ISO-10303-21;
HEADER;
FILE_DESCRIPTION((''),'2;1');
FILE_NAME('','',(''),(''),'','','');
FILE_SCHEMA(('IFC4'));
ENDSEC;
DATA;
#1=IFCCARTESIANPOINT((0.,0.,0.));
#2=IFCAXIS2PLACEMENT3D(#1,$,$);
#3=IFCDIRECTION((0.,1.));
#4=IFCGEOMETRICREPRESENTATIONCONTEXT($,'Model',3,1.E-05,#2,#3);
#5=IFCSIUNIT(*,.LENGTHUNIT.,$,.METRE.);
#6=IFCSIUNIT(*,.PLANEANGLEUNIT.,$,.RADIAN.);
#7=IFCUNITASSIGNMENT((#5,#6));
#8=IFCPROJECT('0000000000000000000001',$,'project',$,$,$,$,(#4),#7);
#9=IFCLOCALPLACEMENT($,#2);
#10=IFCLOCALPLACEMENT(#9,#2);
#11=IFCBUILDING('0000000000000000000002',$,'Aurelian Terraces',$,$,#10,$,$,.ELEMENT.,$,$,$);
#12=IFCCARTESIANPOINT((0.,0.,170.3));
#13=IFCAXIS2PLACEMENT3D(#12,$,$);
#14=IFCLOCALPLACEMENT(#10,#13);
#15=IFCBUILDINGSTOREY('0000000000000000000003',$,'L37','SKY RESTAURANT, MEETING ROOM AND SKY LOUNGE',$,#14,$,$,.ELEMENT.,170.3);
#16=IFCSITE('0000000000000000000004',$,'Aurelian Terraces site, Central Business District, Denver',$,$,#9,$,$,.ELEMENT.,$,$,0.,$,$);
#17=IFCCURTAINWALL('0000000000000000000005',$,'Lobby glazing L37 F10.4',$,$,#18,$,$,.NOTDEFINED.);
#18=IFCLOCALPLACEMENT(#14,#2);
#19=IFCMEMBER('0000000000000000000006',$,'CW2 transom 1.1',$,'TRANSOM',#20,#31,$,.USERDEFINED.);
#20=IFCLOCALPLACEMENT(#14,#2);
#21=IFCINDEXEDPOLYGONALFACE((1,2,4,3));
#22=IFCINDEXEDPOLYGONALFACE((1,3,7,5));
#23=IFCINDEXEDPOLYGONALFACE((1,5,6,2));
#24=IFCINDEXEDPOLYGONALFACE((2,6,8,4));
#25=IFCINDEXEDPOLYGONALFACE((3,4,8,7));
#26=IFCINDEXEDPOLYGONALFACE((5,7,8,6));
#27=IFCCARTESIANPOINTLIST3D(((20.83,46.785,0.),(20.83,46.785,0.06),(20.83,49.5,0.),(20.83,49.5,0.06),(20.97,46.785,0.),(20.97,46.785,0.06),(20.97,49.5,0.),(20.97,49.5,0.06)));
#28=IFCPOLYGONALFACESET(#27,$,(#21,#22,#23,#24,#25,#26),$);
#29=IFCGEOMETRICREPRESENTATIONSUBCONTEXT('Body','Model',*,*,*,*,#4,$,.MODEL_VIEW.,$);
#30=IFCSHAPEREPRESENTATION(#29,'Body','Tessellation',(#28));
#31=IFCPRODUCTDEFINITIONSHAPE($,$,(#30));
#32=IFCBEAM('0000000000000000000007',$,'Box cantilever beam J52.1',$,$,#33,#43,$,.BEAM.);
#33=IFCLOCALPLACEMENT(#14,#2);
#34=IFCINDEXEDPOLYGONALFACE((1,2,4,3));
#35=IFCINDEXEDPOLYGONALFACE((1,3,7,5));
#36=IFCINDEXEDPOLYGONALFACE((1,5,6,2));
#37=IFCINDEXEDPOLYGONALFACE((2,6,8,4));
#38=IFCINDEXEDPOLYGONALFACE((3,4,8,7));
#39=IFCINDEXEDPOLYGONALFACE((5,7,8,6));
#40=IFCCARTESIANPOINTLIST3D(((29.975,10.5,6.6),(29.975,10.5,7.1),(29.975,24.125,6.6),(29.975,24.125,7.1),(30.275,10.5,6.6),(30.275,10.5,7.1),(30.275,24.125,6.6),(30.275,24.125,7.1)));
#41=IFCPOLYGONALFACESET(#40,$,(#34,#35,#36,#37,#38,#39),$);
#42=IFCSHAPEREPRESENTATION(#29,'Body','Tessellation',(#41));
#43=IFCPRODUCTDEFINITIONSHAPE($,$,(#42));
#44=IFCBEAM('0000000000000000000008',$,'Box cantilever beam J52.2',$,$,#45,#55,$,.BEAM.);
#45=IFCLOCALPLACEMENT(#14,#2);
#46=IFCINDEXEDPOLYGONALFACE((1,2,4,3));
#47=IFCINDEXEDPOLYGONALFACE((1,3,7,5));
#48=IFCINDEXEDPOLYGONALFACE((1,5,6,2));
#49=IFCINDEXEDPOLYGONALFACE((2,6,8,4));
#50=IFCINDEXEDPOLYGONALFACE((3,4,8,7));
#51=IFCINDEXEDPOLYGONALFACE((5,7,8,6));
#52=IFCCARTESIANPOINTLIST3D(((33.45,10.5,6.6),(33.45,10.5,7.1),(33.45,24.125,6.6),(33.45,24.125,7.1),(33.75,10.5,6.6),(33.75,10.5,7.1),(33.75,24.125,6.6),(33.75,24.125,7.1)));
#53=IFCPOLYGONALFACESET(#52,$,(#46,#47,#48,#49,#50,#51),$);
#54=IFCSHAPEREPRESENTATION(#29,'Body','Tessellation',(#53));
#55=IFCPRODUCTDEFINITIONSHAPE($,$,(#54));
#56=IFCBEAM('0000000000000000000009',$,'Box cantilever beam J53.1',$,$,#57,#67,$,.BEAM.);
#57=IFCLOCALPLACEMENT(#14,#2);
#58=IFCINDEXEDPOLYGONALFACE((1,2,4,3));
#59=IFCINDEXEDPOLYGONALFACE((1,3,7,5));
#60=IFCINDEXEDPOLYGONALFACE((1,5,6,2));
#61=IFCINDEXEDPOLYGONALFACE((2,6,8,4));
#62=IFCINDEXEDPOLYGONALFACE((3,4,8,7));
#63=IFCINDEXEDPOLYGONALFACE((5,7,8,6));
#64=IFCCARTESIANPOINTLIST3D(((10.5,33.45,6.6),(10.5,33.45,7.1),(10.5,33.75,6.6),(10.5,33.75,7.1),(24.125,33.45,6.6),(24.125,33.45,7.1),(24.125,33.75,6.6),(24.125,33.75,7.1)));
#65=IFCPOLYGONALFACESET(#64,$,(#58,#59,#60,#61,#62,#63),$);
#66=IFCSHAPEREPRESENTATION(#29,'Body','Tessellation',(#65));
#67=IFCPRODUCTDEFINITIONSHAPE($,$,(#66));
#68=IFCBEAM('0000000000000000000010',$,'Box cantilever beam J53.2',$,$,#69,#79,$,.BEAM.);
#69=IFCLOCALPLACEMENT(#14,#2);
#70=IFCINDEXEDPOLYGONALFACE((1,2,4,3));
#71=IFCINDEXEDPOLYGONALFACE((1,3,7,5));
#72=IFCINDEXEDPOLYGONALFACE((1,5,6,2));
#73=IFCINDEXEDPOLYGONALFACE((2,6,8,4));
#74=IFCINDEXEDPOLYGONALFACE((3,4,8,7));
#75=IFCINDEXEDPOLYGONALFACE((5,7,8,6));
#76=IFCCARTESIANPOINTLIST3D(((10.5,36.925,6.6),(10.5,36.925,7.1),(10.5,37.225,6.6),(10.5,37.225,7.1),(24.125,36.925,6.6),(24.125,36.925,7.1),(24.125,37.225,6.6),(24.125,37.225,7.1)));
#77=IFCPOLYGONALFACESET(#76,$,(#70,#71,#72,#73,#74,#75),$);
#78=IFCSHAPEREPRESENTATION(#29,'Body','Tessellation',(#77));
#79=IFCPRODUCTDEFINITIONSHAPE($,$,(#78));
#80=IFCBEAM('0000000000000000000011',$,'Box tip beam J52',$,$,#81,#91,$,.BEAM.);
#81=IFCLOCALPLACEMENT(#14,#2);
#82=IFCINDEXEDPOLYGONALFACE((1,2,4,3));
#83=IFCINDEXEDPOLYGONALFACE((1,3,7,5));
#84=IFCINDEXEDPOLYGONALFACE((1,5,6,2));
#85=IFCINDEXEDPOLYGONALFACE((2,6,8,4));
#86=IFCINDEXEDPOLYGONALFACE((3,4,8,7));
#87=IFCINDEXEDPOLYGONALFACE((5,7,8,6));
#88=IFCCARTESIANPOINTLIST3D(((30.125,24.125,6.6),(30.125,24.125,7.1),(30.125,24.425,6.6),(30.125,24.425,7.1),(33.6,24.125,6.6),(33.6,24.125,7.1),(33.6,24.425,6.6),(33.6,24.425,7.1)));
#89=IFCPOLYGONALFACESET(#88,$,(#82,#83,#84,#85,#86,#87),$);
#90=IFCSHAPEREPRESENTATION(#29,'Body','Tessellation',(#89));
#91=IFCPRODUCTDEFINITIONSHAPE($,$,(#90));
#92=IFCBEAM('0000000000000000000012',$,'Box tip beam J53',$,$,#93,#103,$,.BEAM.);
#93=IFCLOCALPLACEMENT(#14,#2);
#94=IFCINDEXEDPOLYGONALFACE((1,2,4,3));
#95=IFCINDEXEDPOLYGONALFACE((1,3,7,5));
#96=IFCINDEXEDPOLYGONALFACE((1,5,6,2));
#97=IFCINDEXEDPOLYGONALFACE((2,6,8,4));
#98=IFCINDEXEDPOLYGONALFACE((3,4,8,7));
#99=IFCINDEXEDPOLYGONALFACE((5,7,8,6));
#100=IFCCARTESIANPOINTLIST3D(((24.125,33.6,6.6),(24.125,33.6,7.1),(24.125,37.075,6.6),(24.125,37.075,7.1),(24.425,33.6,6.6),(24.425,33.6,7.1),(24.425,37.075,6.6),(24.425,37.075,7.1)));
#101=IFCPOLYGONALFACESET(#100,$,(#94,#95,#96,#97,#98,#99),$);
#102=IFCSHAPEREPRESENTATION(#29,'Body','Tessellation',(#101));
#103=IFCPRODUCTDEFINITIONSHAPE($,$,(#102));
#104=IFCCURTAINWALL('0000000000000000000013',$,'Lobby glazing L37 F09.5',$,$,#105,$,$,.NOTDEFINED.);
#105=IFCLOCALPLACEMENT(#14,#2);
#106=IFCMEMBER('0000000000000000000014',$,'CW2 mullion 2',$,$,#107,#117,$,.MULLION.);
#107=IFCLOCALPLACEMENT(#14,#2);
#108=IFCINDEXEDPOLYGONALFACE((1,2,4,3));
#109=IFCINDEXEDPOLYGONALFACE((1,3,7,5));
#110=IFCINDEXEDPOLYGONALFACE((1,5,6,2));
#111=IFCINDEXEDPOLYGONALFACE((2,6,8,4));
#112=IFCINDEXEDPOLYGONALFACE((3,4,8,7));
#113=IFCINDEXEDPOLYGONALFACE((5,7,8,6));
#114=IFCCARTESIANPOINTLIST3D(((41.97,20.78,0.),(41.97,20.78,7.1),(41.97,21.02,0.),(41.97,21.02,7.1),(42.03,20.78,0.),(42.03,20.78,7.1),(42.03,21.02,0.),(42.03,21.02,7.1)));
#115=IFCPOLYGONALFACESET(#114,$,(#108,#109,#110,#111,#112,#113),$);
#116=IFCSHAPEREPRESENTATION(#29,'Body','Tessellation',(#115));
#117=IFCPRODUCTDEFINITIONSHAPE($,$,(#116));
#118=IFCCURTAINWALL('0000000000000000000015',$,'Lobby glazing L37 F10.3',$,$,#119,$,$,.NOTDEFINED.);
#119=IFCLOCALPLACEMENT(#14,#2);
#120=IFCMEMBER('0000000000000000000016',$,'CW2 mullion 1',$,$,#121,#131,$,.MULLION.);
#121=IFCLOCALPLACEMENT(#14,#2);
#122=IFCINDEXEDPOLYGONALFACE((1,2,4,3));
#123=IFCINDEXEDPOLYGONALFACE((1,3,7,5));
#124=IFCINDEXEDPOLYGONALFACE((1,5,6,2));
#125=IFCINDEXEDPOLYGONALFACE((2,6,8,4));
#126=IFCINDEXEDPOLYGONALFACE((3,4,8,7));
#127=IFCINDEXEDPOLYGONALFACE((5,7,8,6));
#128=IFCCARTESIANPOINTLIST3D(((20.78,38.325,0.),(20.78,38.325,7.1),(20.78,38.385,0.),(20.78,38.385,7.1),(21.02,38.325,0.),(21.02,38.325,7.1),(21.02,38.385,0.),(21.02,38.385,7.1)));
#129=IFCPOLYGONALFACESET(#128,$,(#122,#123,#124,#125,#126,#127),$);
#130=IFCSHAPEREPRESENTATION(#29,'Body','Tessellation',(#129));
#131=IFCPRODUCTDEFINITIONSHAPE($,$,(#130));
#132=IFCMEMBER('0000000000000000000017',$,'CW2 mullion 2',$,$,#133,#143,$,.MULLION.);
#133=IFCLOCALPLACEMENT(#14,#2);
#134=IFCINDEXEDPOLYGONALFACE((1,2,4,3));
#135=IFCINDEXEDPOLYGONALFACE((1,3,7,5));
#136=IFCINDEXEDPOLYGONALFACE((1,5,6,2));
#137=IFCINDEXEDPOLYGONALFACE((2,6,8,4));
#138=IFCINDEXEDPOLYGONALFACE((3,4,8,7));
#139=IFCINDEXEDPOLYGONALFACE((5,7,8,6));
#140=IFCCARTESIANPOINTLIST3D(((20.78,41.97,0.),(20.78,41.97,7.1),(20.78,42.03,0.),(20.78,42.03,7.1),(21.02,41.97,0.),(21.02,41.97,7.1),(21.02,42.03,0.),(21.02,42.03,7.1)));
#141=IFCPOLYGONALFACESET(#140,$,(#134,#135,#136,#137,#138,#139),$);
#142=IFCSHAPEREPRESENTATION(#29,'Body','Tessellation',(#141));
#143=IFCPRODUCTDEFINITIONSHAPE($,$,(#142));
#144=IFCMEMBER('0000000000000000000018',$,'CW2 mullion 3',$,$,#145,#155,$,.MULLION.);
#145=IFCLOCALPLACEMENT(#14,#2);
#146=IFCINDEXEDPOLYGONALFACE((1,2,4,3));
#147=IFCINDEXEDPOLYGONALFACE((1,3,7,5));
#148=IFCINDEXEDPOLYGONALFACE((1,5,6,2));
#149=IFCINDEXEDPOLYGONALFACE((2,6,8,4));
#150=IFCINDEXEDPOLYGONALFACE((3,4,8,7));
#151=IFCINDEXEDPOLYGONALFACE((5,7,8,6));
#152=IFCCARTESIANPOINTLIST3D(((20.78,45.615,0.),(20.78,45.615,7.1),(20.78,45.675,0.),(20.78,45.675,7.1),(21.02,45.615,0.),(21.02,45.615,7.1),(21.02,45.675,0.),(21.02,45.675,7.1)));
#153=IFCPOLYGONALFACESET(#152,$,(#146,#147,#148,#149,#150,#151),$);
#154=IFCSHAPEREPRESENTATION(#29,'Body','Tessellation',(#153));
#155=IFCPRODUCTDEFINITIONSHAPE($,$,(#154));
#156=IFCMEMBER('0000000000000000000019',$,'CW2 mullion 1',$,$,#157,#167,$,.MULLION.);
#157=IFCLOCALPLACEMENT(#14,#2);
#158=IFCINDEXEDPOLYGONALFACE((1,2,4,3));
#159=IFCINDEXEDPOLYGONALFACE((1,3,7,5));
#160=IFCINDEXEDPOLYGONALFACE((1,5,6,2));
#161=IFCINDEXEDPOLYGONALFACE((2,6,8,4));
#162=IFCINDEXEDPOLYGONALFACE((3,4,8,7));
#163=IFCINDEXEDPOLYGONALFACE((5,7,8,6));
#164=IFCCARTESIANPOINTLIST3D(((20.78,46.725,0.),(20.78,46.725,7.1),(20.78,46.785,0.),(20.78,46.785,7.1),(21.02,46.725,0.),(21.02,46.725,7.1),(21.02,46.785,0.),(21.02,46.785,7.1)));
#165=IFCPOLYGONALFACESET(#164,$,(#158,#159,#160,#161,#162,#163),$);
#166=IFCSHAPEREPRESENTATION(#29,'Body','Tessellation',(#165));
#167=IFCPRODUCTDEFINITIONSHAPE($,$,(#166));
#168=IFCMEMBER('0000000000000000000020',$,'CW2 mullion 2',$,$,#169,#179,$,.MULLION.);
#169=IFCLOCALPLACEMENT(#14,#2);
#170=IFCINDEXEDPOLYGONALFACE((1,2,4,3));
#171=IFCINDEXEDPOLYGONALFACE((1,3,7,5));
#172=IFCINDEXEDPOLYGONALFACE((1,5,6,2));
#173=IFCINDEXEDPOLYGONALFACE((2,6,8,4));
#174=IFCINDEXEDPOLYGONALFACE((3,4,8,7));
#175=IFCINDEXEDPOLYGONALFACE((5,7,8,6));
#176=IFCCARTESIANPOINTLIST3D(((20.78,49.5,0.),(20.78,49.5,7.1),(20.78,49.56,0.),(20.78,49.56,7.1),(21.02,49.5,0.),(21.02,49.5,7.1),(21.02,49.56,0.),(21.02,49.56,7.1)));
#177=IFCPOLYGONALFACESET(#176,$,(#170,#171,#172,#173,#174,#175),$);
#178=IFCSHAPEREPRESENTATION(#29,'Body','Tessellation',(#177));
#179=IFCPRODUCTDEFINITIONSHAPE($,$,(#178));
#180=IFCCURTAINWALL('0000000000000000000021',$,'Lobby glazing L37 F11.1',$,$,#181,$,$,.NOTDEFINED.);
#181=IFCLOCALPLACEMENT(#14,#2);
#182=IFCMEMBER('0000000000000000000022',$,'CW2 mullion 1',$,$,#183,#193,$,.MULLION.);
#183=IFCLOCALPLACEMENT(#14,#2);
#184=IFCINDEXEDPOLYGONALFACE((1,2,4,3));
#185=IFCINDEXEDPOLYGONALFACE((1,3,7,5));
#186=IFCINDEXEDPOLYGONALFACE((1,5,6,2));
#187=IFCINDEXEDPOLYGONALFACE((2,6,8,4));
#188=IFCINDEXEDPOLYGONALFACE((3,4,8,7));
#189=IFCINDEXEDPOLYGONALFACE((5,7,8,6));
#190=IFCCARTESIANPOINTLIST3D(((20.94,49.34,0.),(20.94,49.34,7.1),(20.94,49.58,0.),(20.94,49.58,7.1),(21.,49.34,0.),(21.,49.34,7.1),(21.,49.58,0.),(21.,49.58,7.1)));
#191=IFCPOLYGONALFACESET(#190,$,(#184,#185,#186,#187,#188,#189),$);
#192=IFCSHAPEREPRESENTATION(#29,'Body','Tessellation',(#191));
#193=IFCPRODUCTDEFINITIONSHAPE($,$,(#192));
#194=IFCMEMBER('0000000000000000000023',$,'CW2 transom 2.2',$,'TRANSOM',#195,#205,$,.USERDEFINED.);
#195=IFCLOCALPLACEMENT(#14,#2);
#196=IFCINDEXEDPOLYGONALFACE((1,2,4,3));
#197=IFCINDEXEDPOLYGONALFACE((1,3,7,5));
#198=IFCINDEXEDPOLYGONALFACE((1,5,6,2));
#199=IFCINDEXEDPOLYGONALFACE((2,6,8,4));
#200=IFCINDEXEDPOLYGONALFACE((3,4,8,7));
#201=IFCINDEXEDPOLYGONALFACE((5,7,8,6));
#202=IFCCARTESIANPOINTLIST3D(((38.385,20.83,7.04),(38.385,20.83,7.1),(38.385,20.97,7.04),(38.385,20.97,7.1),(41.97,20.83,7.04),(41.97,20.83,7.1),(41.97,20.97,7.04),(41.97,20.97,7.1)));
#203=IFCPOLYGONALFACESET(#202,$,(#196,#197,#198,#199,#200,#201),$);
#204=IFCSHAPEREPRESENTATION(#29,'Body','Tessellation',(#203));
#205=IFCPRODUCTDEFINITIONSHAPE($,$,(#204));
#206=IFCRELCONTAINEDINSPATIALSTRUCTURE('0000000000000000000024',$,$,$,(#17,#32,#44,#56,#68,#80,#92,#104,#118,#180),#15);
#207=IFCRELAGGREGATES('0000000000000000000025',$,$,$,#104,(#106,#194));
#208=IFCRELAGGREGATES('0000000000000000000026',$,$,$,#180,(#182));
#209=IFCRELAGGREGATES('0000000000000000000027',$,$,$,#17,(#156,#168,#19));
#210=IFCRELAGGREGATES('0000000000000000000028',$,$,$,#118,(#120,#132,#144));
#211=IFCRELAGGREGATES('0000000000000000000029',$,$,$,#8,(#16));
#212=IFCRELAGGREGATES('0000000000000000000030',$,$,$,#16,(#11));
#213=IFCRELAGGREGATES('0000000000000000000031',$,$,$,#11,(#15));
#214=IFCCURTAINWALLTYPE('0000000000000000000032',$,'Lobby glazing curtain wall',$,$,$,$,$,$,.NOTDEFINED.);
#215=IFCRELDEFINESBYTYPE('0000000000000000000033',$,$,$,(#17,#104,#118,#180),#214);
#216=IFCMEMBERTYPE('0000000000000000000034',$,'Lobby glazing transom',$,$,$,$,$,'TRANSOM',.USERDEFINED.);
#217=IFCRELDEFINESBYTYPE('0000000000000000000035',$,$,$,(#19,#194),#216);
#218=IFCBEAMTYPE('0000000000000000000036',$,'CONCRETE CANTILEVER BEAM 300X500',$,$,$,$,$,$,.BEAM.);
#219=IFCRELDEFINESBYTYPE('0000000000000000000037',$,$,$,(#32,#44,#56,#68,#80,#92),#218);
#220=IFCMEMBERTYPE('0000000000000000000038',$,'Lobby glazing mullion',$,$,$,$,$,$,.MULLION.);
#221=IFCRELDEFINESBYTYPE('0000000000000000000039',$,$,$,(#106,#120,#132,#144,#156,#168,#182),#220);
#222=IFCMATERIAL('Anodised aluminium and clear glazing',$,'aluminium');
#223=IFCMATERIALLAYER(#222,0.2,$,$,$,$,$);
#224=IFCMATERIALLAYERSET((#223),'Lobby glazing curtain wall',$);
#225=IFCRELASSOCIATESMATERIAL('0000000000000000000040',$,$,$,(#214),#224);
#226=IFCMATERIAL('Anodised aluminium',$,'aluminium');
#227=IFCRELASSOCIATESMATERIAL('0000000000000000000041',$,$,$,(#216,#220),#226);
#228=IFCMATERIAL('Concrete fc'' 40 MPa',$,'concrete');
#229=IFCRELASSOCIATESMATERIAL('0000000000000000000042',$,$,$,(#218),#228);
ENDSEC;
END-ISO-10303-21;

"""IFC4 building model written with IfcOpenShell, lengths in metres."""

from ifc_helpers import new_model, si_unit, direction, frame, origin, origin_2d, place, context, subcontext, project, spatial, rectangle, extrude, source, transform, mapped, material, layer, layer_set, material_profile, profile_set, type_object, element, aggregate, save


model = new_model("IFC4")

# Units and contexts
model_context = context("Model", 3, precision=1e-05, world=origin(), true_north=direction((0.0, 1.0)))
body_context = subcontext(model_context, "Body", "Model", "MODEL_VIEW")
ifc_project = project(units=[si_unit("LENGTHUNIT", "METRE"), si_unit("PLANEANGLEUNIT", "RADIAN")], contexts=[model_context])

# Site, building, storey
site_placement = place(None, origin())
site = spatial("IfcSite", under=ifc_project, at=site_placement, Name="Aurelian Terraces site, Central Business District, Denver", CompositionType="ELEMENT", RefElevation=0.0)
building_placement = place(site_placement, origin())
building = spatial("IfcBuilding", under=site, at=building_placement, Name="Aurelian Terraces", CompositionType="ELEMENT")
storey_placement = place(building_placement, frame((0.0, 0.0, 170.3)))
storey = spatial("IfcBuildingStorey", under=building, at=storey_placement, Name="L37", Description="SKY RESTAURANT, MEETING ROOM AND SKY LOUNGE", CompositionType="ELEMENT", Elevation=170.3)

# Curtain wall, member
ifc_material_1 = material(Name="Anodised aluminium and clear glazing", Category="aluminium")
ifc_layer_1 = layer(ifc_material_1, 0.2)
ifc_layer_set_1 = layer_set([ifc_layer_1], Name="Lobby glazing curtain wall")
curtain_wall_type = type_object("IfcCurtainWallType", Name="Lobby glazing curtain wall", PredefinedType="NOTDEFINED", material=ifc_layer_set_1)
curtain_wall_1_placement = place(storey_placement, origin())
curtain_wall_1 = element("IfcCurtainWall", 1, at=curtain_wall_1_placement, inside=storey, type_object=curtain_wall_type, Name="Lobby glazing L37 F10.4", PredefinedType="NOTDEFINED")
ifc_material_2 = material(Name="Anodised aluminium", Category="aluminium")
ifc_material_profile_1 = material_profile(ifc_material_2, rectangle(XDim=0.14, YDim=0.06, at=origin_2d()))
ifc_profile_set_1 = profile_set([ifc_material_profile_1], Name="Anodised aluminium")
member_type_1 = type_object("IfcMemberType", Name="Lobby glazing transom", ElementType="TRANSOM", PredefinedType="USERDEFINED", material=ifc_profile_set_1)
member_1_placement = place(storey_placement, frame((20.9, 46.785, 0.03), z_axis=(0.0, 1.0, 0.0), x_axis=(-1.0, 0.0, 0.0)))
member_1 = element("IfcMember", 2, at=member_1_placement, type_object=member_type_1, Name="CW2 transom 1.1", ObjectType="TRANSOM", PredefinedType="USERDEFINED", context=body_context, shape_type="SweptSolid", body=[
    extrude(rectangle(XDim=0.14, YDim=0.06, at=origin_2d()), origin(), (0.0, 0.0, 1.0), 2.715),
])

# Beams
ifc_material_3 = material(Name="Concrete fc' 40 MPa", Category="concrete")
ifc_material_profile_2 = material_profile(ifc_material_3, rectangle(XDim=0.3, YDim=0.5, at=origin_2d()))
ifc_profile_set_2 = profile_set([ifc_material_profile_2], Name="Concrete fc' 40 MPa")
beam_type = type_object("IfcBeamType", Name="CONCRETE CANTILEVER BEAM 300X500", PredefinedType="BEAM", material=ifc_profile_set_2)
shared_shape_1 = source(origin(), body_context, "Body", "SweptSolid", [
    extrude(rectangle(XDim=0.3, YDim=0.5, at=origin_2d()), origin(), (0.0, 0.0, 1.0), 13.625),
])
for number, where, z_axis, x_axis, name in (
    (3, (30.125, 24.125, 6.85), (0.0, -1.0, 0.0), (1.0, 0.0, 0.0), "Box cantilever beam J52.1"),
    (4, (33.6, 24.125, 6.85), (0.0, -1.0, 0.0), (1.0, 0.0, 0.0), "Box cantilever beam J52.2"),
    (5, (24.125, 33.6, 6.85), (-1.0, 0.0, 0.0), (0.0, -1.0, 0.0), "Box cantilever beam J53.1"),
    (6, (24.125, 37.075, 6.85), (-1.0, 0.0, 0.0), (0.0, -1.0, 0.0), "Box cantilever beam J53.2"),
):
    element("IfcBeam", number, at=place(storey_placement, frame(where, z_axis=z_axis, x_axis=x_axis)), inside=storey, type_object=beam_type, Name=name, PredefinedType="BEAM", context=body_context, shape_type="MappedRepresentation", body=[
        mapped(shared_shape_1, transform((0.0, 0.0, 0.0), scale=1.0)),
    ])
shared_shape_2 = source(origin(), body_context, "Body", "SweptSolid", [
    extrude(rectangle(XDim=0.3, YDim=0.5, at=origin_2d()), origin(), (0.0, 0.0, 1.0), 3.475),
])
for number, where, z_axis, x_axis, name in (
    (7, (30.125, 24.275, 6.85), (1.0, 0.0, 0.0), (0.0, 1.0, 0.0), "Box tip beam J52"),
    (8, (24.275, 33.6, 6.85), (0.0, 1.0, 0.0), (-1.0, 0.0, 0.0), "Box tip beam J53"),
):
    element("IfcBeam", number, at=place(storey_placement, frame(where, z_axis=z_axis, x_axis=x_axis)), inside=storey, type_object=beam_type, Name=name, PredefinedType="BEAM", context=body_context, shape_type="MappedRepresentation", body=[
        mapped(shared_shape_2, transform((0.0, 0.0, 0.0), scale=1.0)),
    ])

# Curtain wall, member
curtain_wall_2_placement = place(storey_placement, origin())
curtain_wall_2 = element("IfcCurtainWall", 9, at=curtain_wall_2_placement, inside=storey, type_object=curtain_wall_type, Name="Lobby glazing L37 F09.5", PredefinedType="NOTDEFINED")
ifc_material_profile_3 = material_profile(ifc_material_2, rectangle(XDim=0.24, YDim=0.06, at=origin_2d()))
ifc_profile_set_3 = profile_set([ifc_material_profile_3], Name="Anodised aluminium")
member_type_2 = type_object("IfcMemberType", Name="Lobby glazing mullion", PredefinedType="MULLION", material=ifc_profile_set_3)
shared_shape_3 = source(origin(), body_context, "Body", "SweptSolid", [
    extrude(rectangle(XDim=0.24, YDim=0.06, at=origin_2d()), origin(), (0.0, 0.0, 1.0), 7.1),
])
member_2_placement = place(storey_placement, frame((42.0, 20.9, 0.0), z_axis=(0.0, 0.0, 1.0), x_axis=(0.0, -1.0, 0.0)))
member_2 = element("IfcMember", 10, at=member_2_placement, type_object=member_type_2, Name="CW2 mullion 2", PredefinedType="MULLION", context=body_context, shape_type="MappedRepresentation", body=[
    mapped(shared_shape_3, transform((0.0, 0.0, 0.0), scale=1.0)),
])

# Curtain wall, members
curtain_wall_3_placement = place(storey_placement, origin())
curtain_wall_3 = element("IfcCurtainWall", 11, at=curtain_wall_3_placement, inside=storey, type_object=curtain_wall_type, Name="Lobby glazing L37 F10.3", PredefinedType="NOTDEFINED")
member_3_placement = place(storey_placement, frame((20.9, 38.355, 0.0), z_axis=(0.0, 0.0, 1.0), x_axis=(-1.0, 0.0, 0.0)))
member_3 = element("IfcMember", 12, at=member_3_placement, type_object=member_type_2, Name="CW2 mullion 1", PredefinedType="MULLION", context=body_context, shape_type="MappedRepresentation", body=[
    mapped(shared_shape_3, transform((0.0, 0.0, 0.0), scale=1.0)),
])
member_4_placement = place(storey_placement, frame((20.9, 42.0, 0.0), z_axis=(0.0, 0.0, 1.0), x_axis=(-1.0, 0.0, 0.0)))
member_4 = element("IfcMember", 13, at=member_4_placement, type_object=member_type_2, Name="CW2 mullion 2", PredefinedType="MULLION", context=body_context, shape_type="MappedRepresentation", body=[
    mapped(shared_shape_3, transform((0.0, 0.0, 0.0), scale=1.0)),
])
member_5_placement = place(storey_placement, frame((20.9, 45.645, 0.0), z_axis=(0.0, 0.0, 1.0), x_axis=(-1.0, 0.0, 0.0)))
member_5 = element("IfcMember", 14, at=member_5_placement, type_object=member_type_2, Name="CW2 mullion 3", PredefinedType="MULLION", context=body_context, shape_type="MappedRepresentation", body=[
    mapped(shared_shape_3, transform((0.0, 0.0, 0.0), scale=1.0)),
])

# Members
member_6_placement = place(storey_placement, frame((20.9, 46.755, 0.0), z_axis=(0.0, 0.0, 1.0), x_axis=(-1.0, 0.0, 0.0)))
member_6 = element("IfcMember", 15, at=member_6_placement, type_object=member_type_2, Name="CW2 mullion 1", PredefinedType="MULLION", context=body_context, shape_type="MappedRepresentation", body=[
    mapped(shared_shape_3, transform((0.0, 0.0, 0.0), scale=1.0)),
])
member_7_placement = place(storey_placement, frame((20.9, 49.53, 0.0), z_axis=(0.0, 0.0, 1.0), x_axis=(-1.0, 0.0, 0.0)))
member_7 = element("IfcMember", 16, at=member_7_placement, type_object=member_type_2, Name="CW2 mullion 2", PredefinedType="MULLION", context=body_context, shape_type="MappedRepresentation", body=[
    mapped(shared_shape_3, transform((0.0, 0.0, 0.0), scale=1.0)),
])

# Curtain wall, member
curtain_wall_4_placement = place(storey_placement, origin())
curtain_wall_4 = element("IfcCurtainWall", 17, at=curtain_wall_4_placement, inside=storey, type_object=curtain_wall_type, Name="Lobby glazing L37 F11.1", PredefinedType="NOTDEFINED")
member_8_placement = place(storey_placement, frame((20.97, 49.46, 0.0), z_axis=(0.0, 0.0, 1.0), x_axis=(0.0, -1.0, 0.0)))
member_8 = element("IfcMember", 18, at=member_8_placement, type_object=member_type_2, Name="CW2 mullion 1", PredefinedType="MULLION", context=body_context, shape_type="MappedRepresentation", body=[
    mapped(shared_shape_3, transform((0.0, 0.0, 0.0), scale=1.0)),
])

# Member
shared_shape_4 = source(origin(), body_context, "Body", "SweptSolid", [
    extrude(rectangle(XDim=0.14, YDim=0.06, at=origin_2d()), origin(), (0.0, 0.0, 1.0), 3.585),
])
member_9_placement = place(storey_placement, frame((41.97, 20.9, 7.07), z_axis=(-1.0, 0.0, 0.0), x_axis=(0.0, -1.0, 0.0)))
member_9 = element("IfcMember", 19, at=member_9_placement, type_object=member_type_1, Name="CW2 transom 2.2", ObjectType="TRANSOM", PredefinedType="USERDEFINED", context=body_context, shape_type="MappedRepresentation", body=[
    mapped(shared_shape_4, transform((0.0, 0.0, 0.0), scale=1.0)),
])
aggregate(curtain_wall_2, [member_2, member_9])

aggregate(curtain_wall_4, [member_8])

aggregate(curtain_wall_1, [member_6, member_7, member_1])
aggregate(curtain_wall_3, [member_3, member_4, member_5])

save(model, "model.ifc")
